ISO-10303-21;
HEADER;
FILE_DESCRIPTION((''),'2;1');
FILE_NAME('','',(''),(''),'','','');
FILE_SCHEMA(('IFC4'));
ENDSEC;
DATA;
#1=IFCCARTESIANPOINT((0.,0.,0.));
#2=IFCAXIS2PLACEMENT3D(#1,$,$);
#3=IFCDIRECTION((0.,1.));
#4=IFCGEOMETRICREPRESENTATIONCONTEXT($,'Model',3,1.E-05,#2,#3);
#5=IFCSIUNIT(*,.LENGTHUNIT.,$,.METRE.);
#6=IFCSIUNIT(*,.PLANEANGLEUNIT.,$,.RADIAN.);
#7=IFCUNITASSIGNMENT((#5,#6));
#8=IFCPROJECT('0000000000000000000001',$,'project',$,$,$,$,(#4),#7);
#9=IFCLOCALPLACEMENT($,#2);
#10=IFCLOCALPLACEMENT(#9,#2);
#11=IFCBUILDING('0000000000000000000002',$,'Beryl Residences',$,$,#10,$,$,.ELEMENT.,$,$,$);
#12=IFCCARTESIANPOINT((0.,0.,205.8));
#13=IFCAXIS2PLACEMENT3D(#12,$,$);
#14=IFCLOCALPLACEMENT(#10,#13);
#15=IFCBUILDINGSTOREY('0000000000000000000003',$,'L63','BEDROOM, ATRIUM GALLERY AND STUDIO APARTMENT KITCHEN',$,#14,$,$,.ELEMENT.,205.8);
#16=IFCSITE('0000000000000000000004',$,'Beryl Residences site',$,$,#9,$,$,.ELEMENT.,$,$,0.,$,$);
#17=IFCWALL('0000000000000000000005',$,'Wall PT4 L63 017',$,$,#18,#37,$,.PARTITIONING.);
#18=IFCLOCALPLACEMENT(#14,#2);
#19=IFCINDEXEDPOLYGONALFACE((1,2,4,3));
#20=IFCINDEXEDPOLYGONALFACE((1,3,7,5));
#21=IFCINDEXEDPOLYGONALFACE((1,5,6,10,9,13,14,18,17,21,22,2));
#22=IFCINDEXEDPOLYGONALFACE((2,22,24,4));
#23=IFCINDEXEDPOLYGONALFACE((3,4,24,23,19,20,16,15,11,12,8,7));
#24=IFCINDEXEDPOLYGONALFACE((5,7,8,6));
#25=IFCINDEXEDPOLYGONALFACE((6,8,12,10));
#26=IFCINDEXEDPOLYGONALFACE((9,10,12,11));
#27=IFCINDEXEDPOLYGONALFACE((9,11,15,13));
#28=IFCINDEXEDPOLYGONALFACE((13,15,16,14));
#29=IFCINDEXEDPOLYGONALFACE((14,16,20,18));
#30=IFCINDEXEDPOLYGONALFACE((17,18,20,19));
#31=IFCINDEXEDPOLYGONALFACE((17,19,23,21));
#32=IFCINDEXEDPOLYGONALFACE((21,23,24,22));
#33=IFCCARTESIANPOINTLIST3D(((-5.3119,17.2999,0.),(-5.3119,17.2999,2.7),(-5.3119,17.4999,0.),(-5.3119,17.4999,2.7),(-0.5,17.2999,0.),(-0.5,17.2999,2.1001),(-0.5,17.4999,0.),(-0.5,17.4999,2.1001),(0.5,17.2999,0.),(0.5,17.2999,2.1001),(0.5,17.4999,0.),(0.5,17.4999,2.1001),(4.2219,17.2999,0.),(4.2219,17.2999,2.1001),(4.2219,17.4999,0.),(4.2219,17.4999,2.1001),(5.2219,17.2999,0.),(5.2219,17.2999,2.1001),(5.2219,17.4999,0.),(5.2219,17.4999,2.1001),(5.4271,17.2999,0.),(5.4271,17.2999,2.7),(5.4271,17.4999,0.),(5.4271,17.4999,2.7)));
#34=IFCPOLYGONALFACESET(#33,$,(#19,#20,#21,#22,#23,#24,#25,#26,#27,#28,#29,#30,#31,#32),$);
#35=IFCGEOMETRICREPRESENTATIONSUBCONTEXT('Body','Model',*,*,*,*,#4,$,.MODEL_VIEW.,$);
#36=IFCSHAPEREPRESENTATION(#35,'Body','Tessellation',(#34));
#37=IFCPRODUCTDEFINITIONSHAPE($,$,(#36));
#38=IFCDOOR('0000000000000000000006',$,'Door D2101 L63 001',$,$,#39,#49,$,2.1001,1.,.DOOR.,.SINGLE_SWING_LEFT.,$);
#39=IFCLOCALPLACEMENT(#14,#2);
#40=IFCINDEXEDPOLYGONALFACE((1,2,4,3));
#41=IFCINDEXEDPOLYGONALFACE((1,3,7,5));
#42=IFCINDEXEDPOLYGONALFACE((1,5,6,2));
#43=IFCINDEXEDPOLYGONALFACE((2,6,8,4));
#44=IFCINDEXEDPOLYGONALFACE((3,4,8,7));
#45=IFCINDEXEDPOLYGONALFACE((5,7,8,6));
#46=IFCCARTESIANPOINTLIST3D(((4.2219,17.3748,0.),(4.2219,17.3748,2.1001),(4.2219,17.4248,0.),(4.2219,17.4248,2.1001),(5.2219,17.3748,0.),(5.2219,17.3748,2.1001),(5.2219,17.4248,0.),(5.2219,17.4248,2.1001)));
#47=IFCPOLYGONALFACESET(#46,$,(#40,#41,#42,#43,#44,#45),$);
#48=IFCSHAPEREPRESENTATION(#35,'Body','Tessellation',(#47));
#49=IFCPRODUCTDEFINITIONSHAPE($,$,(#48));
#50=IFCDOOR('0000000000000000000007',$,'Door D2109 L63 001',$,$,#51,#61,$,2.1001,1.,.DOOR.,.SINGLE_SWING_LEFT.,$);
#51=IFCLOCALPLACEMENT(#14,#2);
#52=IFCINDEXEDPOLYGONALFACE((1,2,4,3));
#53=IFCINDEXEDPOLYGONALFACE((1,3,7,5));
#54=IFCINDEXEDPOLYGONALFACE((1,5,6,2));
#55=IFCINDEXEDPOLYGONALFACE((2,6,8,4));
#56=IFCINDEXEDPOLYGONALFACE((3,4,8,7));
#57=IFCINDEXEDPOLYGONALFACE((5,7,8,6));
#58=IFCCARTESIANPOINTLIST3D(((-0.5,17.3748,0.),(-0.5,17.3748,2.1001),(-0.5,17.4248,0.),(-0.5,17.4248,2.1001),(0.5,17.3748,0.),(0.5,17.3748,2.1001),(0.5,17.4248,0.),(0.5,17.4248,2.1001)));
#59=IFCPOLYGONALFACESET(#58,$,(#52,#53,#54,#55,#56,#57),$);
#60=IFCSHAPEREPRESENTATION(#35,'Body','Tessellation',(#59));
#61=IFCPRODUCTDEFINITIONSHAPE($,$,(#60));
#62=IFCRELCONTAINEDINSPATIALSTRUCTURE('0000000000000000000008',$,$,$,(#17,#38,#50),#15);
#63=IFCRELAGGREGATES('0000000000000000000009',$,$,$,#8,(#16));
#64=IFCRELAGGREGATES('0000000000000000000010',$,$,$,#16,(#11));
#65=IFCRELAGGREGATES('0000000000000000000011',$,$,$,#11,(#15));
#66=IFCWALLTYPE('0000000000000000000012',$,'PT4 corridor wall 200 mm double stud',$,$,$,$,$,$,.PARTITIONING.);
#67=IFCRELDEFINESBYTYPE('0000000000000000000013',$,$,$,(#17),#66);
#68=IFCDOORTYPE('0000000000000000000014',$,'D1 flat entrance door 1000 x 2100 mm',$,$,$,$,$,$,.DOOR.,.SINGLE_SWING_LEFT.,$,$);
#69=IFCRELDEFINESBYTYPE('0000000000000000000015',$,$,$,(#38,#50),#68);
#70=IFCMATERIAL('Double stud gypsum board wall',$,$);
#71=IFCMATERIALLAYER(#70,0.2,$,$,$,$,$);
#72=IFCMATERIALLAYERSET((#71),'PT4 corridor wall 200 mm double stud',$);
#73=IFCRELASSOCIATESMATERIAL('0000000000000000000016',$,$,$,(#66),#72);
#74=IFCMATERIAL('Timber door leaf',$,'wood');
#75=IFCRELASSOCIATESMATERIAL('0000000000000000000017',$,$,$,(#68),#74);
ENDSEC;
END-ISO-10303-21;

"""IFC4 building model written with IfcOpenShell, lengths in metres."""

from ifc_helpers import new_model, si_unit, direction, frame, frame_2d, origin, place, context, subcontext, project, spatial, rectangle, extrude, material, layer, layer_set, type_object, element, fill, save


model = new_model("IFC4")

# Units and contexts
model_context = context("Model", 3, precision=1e-05, world=origin(), true_north=direction((0.0, 1.0)))
body_context = subcontext(model_context, "Body", "Model", "MODEL_VIEW")
ifc_project = project(units=[si_unit("LENGTHUNIT", "METRE"), si_unit("PLANEANGLEUNIT", "RADIAN")], contexts=[model_context])

# Site, building, storey
site_placement = place(None, origin())
site = spatial("IfcSite", under=ifc_project, at=site_placement, Name="Beryl Residences site", CompositionType="ELEMENT", RefElevation=0.0)
building_placement = place(site_placement, origin())
building = spatial("IfcBuilding", under=site, at=building_placement, Name="Beryl Residences", CompositionType="ELEMENT")
storey_placement = place(building_placement, frame((0.0, 0.0, 205.8)))
storey = spatial("IfcBuildingStorey", under=building, at=storey_placement, Name="L63", Description="BEDROOM, ATRIUM GALLERY AND STUDIO APARTMENT KITCHEN", CompositionType="ELEMENT", Elevation=205.8)

# Wall, openings, doors
ifc_material_1 = material(Name="Double stud gypsum board wall")
ifc_layer_1 = layer(ifc_material_1, 0.2)
ifc_layer_set_1 = layer_set([ifc_layer_1], Name="PT4 corridor wall 200 mm double stud")
wall_type_1 = type_object("IfcWallType", Name="PT4 corridor wall 200 mm double stud", PredefinedType="PARTITIONING", material=ifc_layer_set_1)
wall_1_placement = place(storey_placement, frame((-5.312, 17.3999, 0.0), z_axis=(0.0, 0.0, 1.0), x_axis=(1.0, 0.0, 0.0)))
wall_1 = element("IfcWall", 1, at=wall_1_placement, inside=storey, type_object=wall_type_1, Name="Wall PT4 L63 017", PredefinedType="PARTITIONING", context=body_context, shape_type="SweptSolid", body=[
    extrude(rectangle(XDim=10.739, YDim=0.2, at=frame_2d((5.3696, 0.0))), origin(), (0.0, 0.0, 1.0), 2.7),
])
opening_1_placement = place(wall_1_placement, frame((9.5339, 0.0, 0.0)))
opening_1 = element("IfcOpeningElement", 2, at=opening_1_placement, cuts=wall_1, PredefinedType="OPENING", context=body_context, shape_type="SweptSolid", body=[
    extrude(rectangle(XDim=1.0, YDim=2.1001, at=frame_2d((0.5, 1.05))), frame((0.0, 0.1099, 0.0), z_axis=(0.0, -1.0, 0.0), x_axis=(1.0, 0.0, 0.0)), (0.0, 0.0, 1.0), 0.22),
])
opening_2_placement = place(wall_1_placement, frame((4.812, 0.0, 0.0)))
opening_2 = element("IfcOpeningElement", 3, at=opening_2_placement, cuts=wall_1, PredefinedType="OPENING", context=body_context, shape_type="SweptSolid", body=[
    extrude(rectangle(XDim=1.0, YDim=2.1001, at=frame_2d((0.5, 1.05))), frame((0.0, 0.1099, 0.0), z_axis=(0.0, -1.0, 0.0), x_axis=(1.0, 0.0, 0.0)), (0.0, 0.0, 1.0), 0.22),
])
ifc_material_2 = material(Name="Timber door leaf", Category="wood")
door_type_1 = type_object("IfcDoorType", Name="D1 flat entrance door 1000 x 2100 mm", OperationType="SINGLE_SWING_LEFT", PredefinedType="DOOR", material=ifc_material_2)
door_1_placement = place(opening_1_placement, origin())
door_1 = element("IfcDoor", 4, at=door_1_placement, inside=storey, type_object=door_type_1, Name="Door D2101 L63 001", OperationType="SINGLE_SWING_LEFT", OverallHeight=2.1001, OverallWidth=1.0, PredefinedType="DOOR", context=body_context, shape_type="SweptSolid", body=[
    extrude(rectangle(XDim=1.0, YDim=2.1001, at=frame_2d((0.5, 1.05))), frame((0.0, 0.0249, 0.0), z_axis=(0.0, -1.0, 0.0), x_axis=(1.0, 0.0, 0.0)), (0.0, 0.0, 1.0), 0.05),
])
fill(opening_1, door_1)
door_2_placement = place(opening_2_placement, origin())
door_2 = element("IfcDoor", 5, at=door_2_placement, inside=storey, type_object=door_type_1, Name="Door D2109 L63 001", OperationType="SINGLE_SWING_LEFT", OverallHeight=2.1001, OverallWidth=1.0, PredefinedType="DOOR", context=body_context, shape_type="SweptSolid", body=[
    extrude(rectangle(XDim=1.0, YDim=2.1001, at=frame_2d((0.5, 1.05))), frame((0.0, 0.0249, 0.0), z_axis=(0.0, -1.0, 0.0), x_axis=(1.0, 0.0, 0.0)), (0.0, 0.0, 1.0), 0.05),
])
fill(opening_2, door_2)

save(model, "model.ifc")
